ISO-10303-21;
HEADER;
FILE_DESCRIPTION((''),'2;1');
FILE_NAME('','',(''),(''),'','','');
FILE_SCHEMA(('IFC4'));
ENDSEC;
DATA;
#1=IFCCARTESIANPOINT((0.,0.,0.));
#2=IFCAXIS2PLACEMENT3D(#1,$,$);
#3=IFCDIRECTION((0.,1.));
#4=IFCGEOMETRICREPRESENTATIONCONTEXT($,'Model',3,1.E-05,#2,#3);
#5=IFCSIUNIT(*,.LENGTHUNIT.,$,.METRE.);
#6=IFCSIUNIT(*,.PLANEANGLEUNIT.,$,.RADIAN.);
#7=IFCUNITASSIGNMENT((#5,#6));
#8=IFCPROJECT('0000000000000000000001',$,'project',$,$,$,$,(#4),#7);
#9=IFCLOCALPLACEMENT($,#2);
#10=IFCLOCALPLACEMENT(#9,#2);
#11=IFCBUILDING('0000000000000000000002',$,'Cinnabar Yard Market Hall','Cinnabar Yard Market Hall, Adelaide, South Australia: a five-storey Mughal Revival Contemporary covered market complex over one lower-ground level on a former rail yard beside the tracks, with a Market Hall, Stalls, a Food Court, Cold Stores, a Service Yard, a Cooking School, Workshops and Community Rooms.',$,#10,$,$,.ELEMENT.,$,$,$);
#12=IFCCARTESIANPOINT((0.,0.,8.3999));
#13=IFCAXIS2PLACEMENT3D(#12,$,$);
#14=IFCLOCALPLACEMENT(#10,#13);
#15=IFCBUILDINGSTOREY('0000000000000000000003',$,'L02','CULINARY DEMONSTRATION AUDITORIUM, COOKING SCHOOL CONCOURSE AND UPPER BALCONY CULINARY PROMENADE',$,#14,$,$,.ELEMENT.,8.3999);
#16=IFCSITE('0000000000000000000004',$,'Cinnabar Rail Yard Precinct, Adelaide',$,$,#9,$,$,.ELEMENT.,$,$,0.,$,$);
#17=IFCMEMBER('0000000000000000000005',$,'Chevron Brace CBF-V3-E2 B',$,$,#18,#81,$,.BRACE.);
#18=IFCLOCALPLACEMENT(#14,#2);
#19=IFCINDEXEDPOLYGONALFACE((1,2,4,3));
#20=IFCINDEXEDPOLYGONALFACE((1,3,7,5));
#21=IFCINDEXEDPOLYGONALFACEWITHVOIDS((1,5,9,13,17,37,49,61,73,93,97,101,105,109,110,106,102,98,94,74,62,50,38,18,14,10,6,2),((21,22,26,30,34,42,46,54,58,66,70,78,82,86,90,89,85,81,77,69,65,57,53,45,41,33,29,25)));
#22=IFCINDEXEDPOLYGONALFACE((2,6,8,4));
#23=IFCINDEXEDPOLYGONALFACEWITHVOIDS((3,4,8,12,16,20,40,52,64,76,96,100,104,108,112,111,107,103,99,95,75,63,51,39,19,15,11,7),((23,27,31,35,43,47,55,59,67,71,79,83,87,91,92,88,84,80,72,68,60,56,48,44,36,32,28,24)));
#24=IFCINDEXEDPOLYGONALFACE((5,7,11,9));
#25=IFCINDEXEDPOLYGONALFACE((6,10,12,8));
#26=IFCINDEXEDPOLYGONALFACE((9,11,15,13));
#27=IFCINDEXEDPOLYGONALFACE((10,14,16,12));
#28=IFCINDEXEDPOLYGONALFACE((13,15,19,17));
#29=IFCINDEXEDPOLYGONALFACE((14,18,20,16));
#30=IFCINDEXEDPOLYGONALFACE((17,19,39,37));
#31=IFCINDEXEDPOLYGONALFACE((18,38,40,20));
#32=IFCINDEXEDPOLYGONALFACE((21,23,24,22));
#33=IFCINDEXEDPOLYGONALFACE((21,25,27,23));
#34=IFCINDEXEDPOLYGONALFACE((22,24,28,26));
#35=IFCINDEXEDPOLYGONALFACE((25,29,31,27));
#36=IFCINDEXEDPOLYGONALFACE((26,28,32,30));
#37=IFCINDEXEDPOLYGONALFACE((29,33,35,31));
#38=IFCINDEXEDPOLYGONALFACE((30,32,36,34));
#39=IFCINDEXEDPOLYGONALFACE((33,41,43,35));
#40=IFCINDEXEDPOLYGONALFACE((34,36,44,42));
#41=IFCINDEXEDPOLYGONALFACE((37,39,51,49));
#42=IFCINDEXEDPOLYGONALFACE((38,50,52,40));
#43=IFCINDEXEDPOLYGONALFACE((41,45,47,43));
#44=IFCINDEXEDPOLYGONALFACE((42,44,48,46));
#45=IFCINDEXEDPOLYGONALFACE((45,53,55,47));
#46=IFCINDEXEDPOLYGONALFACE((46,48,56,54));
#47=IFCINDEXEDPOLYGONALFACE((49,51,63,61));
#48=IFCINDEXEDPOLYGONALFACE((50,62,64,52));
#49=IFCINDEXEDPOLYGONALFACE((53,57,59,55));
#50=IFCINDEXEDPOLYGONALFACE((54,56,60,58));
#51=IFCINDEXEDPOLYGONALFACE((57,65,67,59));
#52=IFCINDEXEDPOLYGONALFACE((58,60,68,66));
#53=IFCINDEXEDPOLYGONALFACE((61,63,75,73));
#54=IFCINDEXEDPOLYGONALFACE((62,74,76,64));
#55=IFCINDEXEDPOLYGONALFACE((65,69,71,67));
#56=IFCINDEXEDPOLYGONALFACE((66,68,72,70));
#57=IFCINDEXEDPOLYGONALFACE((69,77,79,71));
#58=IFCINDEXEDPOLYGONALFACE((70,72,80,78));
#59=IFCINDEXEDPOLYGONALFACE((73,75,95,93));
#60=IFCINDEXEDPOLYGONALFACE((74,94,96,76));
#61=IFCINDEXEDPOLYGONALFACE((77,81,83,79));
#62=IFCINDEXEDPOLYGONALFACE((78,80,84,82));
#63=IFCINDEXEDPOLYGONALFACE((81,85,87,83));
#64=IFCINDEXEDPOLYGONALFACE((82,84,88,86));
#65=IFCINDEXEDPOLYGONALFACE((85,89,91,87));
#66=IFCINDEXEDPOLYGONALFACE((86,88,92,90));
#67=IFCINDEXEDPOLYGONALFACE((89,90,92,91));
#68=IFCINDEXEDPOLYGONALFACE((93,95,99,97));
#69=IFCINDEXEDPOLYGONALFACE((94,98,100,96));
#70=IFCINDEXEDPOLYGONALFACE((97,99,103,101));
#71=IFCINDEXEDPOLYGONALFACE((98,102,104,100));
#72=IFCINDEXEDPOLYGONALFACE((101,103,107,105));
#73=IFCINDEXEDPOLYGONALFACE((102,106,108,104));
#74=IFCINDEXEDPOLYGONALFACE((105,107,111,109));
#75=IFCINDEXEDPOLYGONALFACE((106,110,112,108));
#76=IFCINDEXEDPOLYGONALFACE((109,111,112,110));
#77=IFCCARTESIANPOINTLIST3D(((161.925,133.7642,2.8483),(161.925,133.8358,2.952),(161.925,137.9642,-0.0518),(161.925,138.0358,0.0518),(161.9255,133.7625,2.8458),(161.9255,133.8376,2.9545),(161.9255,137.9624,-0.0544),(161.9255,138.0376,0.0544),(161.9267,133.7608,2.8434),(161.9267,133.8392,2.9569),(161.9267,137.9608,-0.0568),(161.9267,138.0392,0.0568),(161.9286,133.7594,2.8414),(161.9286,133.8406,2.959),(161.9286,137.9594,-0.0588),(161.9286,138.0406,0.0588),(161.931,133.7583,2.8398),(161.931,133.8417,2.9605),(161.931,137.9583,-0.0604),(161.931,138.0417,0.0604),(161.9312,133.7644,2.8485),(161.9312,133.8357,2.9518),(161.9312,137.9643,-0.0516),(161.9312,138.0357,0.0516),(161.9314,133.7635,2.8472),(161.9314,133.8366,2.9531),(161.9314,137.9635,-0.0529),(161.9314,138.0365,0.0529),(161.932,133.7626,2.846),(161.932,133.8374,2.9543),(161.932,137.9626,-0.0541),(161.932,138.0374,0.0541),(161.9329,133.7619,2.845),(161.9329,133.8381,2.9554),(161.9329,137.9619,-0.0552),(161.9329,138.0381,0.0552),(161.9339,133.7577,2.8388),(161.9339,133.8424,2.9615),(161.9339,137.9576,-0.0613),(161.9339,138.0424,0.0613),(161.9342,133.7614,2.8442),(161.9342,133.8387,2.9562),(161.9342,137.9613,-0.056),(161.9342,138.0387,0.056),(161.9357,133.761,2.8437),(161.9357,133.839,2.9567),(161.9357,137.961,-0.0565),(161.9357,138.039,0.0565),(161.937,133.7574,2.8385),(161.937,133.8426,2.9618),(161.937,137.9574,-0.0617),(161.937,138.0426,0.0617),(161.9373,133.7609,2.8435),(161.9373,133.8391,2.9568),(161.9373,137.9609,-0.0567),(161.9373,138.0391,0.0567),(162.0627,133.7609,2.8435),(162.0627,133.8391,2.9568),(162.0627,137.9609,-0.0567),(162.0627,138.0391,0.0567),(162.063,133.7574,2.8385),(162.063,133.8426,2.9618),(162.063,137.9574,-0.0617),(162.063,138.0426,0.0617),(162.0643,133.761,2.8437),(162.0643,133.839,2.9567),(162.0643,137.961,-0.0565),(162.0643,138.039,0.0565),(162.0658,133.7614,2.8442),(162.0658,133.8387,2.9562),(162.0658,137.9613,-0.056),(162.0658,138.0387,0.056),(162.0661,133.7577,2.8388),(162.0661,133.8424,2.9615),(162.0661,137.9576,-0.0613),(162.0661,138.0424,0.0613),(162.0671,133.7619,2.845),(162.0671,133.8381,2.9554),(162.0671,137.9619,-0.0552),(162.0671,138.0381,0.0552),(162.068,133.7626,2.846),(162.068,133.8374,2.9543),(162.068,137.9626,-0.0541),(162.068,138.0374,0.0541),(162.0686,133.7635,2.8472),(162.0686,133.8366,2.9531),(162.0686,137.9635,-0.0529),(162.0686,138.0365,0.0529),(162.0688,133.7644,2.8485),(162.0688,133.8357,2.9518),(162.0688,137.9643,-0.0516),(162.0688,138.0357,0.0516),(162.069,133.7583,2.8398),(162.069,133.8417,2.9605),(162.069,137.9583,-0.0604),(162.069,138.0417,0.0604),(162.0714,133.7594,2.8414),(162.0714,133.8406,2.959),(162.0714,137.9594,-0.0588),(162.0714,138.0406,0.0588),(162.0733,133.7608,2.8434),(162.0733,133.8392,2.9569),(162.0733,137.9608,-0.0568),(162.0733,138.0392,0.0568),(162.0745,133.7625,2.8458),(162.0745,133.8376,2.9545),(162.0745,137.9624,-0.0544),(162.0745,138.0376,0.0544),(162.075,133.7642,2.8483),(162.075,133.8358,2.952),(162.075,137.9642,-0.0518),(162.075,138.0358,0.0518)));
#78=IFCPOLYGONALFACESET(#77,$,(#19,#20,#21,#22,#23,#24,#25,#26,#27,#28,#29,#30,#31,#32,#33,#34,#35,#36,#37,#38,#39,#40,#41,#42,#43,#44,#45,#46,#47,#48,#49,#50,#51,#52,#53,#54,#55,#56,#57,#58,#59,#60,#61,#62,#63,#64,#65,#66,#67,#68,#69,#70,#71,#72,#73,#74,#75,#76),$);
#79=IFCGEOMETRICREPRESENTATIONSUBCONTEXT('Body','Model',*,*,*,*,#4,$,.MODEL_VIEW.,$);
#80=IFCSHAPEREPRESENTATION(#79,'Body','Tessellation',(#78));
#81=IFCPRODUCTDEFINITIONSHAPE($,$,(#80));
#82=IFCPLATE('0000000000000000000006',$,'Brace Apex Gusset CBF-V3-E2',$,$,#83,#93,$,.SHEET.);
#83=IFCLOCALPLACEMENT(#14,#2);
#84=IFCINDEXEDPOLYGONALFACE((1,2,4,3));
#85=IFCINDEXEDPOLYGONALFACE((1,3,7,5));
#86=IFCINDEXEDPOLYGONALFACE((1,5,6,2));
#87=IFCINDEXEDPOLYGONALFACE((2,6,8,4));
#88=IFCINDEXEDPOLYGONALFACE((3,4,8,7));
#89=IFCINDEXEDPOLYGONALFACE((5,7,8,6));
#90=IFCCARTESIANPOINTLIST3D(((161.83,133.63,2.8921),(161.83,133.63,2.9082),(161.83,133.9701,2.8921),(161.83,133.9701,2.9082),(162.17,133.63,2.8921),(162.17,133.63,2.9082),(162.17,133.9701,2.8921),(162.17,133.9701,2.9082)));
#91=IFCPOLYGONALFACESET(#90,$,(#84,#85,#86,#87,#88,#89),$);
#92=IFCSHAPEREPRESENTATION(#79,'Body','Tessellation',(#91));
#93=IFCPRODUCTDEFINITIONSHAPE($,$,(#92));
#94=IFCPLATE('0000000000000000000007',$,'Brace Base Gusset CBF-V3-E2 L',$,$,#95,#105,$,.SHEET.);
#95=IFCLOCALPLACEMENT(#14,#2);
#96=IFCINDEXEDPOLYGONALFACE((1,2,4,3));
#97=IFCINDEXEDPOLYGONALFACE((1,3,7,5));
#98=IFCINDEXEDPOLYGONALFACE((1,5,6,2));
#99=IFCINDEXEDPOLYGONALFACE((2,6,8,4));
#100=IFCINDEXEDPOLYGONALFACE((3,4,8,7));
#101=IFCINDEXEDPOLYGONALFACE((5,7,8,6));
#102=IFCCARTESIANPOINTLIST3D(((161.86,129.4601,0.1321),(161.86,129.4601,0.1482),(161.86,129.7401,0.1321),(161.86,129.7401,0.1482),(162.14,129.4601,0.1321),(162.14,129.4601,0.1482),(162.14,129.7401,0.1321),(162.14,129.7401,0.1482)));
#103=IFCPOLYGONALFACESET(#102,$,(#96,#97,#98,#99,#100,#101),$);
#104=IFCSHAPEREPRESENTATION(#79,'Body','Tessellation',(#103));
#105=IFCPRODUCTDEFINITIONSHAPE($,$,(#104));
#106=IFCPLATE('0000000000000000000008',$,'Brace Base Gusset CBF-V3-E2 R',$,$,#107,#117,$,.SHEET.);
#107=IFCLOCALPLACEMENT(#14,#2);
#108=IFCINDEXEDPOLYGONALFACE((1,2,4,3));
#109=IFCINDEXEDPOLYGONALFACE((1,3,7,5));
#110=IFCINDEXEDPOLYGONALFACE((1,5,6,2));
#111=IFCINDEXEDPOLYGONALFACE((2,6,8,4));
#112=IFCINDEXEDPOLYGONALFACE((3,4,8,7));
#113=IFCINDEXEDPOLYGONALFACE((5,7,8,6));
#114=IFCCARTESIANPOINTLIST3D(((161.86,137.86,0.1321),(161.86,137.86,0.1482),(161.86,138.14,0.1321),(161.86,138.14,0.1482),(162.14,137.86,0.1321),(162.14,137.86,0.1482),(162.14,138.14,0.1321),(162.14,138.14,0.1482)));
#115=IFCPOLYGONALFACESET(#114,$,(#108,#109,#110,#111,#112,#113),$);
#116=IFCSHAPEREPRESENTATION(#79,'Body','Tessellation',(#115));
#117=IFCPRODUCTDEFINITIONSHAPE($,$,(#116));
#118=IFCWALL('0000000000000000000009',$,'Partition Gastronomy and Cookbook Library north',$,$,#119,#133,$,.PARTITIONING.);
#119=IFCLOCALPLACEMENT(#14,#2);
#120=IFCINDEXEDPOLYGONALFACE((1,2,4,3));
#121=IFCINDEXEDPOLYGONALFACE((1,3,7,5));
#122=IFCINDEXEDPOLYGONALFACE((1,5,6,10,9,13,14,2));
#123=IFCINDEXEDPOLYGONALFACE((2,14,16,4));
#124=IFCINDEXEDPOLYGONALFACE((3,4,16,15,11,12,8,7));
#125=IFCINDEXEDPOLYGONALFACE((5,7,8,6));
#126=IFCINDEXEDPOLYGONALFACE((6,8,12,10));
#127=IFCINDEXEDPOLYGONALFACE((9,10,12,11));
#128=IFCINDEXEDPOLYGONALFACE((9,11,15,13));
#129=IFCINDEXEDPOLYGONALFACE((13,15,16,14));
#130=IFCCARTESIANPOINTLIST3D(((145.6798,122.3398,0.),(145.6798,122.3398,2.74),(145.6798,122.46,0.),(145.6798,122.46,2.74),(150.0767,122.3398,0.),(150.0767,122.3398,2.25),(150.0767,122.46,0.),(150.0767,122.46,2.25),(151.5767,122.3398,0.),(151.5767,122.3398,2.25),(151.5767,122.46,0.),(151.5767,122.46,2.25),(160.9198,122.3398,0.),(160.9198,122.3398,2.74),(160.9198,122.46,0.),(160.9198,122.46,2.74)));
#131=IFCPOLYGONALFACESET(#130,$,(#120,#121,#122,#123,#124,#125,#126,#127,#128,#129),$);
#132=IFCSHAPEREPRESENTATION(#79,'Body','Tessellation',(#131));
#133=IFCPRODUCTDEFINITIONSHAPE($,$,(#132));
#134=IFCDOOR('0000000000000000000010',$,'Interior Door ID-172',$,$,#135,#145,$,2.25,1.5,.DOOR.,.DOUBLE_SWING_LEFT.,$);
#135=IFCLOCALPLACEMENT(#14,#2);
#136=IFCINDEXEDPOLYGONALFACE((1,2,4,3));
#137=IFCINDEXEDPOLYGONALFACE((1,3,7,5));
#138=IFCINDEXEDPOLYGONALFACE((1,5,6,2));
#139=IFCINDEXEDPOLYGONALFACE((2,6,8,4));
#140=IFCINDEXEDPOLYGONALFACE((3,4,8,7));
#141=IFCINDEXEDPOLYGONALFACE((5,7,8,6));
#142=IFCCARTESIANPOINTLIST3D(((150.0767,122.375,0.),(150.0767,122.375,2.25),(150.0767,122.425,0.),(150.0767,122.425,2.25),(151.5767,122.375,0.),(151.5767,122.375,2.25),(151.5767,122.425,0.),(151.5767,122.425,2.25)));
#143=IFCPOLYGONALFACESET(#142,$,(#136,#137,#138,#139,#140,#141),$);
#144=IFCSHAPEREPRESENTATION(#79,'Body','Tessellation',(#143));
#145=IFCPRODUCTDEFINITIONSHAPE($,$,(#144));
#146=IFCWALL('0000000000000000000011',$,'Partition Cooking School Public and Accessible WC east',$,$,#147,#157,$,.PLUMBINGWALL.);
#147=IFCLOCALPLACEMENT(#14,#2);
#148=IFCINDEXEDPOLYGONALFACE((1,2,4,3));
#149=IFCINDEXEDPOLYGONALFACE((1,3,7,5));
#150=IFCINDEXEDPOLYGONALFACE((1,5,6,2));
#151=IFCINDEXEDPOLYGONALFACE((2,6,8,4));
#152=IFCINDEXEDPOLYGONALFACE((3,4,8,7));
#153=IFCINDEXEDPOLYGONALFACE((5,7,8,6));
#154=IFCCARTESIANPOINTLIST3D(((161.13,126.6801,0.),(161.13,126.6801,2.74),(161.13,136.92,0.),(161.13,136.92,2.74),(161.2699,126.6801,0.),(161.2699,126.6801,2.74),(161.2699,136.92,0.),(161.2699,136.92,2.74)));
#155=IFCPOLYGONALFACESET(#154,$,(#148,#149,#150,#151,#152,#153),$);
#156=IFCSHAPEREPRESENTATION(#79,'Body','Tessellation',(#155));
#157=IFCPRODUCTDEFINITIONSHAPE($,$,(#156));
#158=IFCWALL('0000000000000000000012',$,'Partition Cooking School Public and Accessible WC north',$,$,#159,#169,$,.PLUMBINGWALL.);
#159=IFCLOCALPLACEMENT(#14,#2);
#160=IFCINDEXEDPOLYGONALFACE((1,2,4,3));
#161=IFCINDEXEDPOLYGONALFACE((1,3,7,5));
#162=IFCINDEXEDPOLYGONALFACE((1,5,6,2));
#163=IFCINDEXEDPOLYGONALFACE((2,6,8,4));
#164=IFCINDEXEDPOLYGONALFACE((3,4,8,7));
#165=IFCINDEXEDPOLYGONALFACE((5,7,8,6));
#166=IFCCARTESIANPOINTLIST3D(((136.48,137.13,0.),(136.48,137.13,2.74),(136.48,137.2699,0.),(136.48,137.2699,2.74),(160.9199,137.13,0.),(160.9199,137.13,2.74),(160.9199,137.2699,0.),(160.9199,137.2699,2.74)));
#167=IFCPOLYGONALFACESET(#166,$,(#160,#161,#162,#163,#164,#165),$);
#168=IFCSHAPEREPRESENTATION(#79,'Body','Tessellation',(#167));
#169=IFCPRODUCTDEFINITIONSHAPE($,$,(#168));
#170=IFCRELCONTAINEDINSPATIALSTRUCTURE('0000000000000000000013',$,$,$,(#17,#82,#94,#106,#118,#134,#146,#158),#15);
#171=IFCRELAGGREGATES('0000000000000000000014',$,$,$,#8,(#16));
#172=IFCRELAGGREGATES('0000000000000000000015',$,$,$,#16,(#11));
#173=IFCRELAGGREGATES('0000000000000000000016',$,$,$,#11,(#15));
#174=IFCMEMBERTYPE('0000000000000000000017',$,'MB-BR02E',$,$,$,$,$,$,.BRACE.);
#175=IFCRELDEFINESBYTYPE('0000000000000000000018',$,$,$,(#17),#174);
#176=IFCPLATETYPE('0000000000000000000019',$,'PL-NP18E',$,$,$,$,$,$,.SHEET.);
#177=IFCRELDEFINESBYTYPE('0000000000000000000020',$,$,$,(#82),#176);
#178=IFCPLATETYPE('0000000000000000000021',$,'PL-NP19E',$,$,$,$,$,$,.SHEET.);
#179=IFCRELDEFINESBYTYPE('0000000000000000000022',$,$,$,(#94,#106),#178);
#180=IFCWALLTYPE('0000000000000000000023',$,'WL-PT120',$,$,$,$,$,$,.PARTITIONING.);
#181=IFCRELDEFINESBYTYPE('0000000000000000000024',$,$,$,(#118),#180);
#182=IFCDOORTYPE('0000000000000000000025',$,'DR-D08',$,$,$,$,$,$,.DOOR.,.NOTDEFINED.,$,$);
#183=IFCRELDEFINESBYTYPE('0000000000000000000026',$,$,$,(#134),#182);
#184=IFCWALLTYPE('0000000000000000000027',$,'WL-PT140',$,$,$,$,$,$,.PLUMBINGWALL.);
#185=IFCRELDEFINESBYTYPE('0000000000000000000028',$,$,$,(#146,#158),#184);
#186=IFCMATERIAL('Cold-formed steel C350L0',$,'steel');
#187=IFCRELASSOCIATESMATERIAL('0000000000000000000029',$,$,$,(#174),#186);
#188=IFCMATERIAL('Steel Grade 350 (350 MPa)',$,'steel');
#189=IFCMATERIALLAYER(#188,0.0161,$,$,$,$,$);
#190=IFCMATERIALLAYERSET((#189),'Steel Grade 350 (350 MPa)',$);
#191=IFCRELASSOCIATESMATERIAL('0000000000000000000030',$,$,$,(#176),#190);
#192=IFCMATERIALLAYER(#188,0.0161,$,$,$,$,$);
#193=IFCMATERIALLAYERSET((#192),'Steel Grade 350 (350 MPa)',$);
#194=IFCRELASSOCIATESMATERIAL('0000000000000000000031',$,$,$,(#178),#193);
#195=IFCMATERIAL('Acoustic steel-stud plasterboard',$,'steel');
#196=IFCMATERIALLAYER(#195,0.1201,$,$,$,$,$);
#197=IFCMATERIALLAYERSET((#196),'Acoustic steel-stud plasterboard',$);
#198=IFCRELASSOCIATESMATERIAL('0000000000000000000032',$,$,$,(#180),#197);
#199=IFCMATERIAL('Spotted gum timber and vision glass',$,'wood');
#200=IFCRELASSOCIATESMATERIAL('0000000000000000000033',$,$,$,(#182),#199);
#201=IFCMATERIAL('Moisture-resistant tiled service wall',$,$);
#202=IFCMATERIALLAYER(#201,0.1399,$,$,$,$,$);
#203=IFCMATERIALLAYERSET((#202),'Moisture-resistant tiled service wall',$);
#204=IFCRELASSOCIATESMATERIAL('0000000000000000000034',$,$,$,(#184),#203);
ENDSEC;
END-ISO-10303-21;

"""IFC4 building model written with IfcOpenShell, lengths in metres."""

from ifc_helpers import new_model, si_unit, direction, frame, frame_2d, origin, origin_2d_with_axis, place, context, subcontext, project, spatial, rectangle, hollow_rectangle, extrude, material, layer, layer_set, material_profile, profile_set, type_object, element, fill, save


model = new_model("IFC4")

# Units and contexts
model_context = context("Model", 3, precision=1e-05, world=origin(), true_north=direction((0.0, 1.0)))
body_context = subcontext(model_context, "Body", "Model", "MODEL_VIEW")
ifc_project = project(units=[si_unit("LENGTHUNIT", "METRE"), si_unit("PLANEANGLEUNIT", "RADIAN")], contexts=[model_context])

# Site, building, storey
site_placement = place(None, origin())
site = spatial("IfcSite", under=ifc_project, at=site_placement, Name="Cinnabar Rail Yard Precinct, Adelaide", CompositionType="ELEMENT", RefElevation=0.0)
building_placement = place(site_placement, origin())
building = spatial("IfcBuilding", under=site, at=building_placement, Name="Cinnabar Yard Market Hall", Description="Cinnabar Yard Market Hall, Adelaide, South Australia: a five-storey Mughal Revival Contemporary covered market complex over one lower-ground level on a former rail yard beside the tracks, with a Market Hall, Stalls, a Food Court, Cold Stores, a Service Yard, a Cooking School, Workshops and Community Rooms.", CompositionType="ELEMENT")
storey_placement = place(building_placement, frame((0.0, 0.0, 8.3999)))
storey = spatial("IfcBuildingStorey", under=building, at=storey_placement, Name="L02", Description="CULINARY DEMONSTRATION AUDITORIUM, COOKING SCHOOL CONCOURSE AND UPPER BALCONY CULINARY PROMENADE", CompositionType="ELEMENT", Elevation=8.3999)

# Member
ifc_material_1 = material(Name="Cold-formed steel C350L0", Category="steel")
ifc_material_profile_1 = material_profile(ifc_material_1, hollow_rectangle(XDim=0.1499, YDim=0.1499, WallThickness=0.0061, InnerFilletRadius=0.0061, OuterFilletRadius=0.012, at=origin_2d_with_axis()), Name="150x150x6.0SHS")
ifc_profile_set_1 = profile_set([ifc_material_profile_1], Name="Cold-formed steel C350L0")
member_type = type_object("IfcMemberType", Name="MB-BR02E", PredefinedType="BRACE", material=ifc_profile_set_1)
for number, where, z_axis, x_axis, name in (
    (1, (162.0, 138.0, 0.0), (0.0, -0.82288, 0.568215), (1.0, 0.0, 0.0), "Chevron Brace CBF-V3-E2 B"),
):
    element("IfcMember", number, at=place(storey_placement, frame(where, z_axis=z_axis, x_axis=x_axis)), inside=storey, type_object=member_type, Name=name, PredefinedType="BRACE", context=body_context, shape_type="SweptSolid", body=[
        extrude(hollow_rectangle(XDim=0.1499, YDim=0.1499, WallThickness=0.0061, InnerFilletRadius=0.0061, OuterFilletRadius=0.012, at=origin_2d_with_axis()), origin(), (0.0, 0.0, 1.0), 5.104),
    ])

# Plates
ifc_material_2 = material(Name="Steel Grade 350 (350 MPa)", Category="steel")
ifc_layer_1 = layer(ifc_material_2, 0.0161)
ifc_layer_set_1 = layer_set([ifc_layer_1], Name="Steel Grade 350 (350 MPa)")
plate_type_1 = type_object("IfcPlateType", Name="PL-NP18E", PredefinedType="SHEET", material=ifc_layer_set_1)
plate_placement = place(storey_placement, frame((162.0, 133.8, 2.8921), z_axis=(0.0, 0.0, 1.0), x_axis=(1.0, 0.0, 0.0)))
element("IfcPlate", 2, at=plate_placement, inside=storey, type_object=plate_type_1, Name="Brace Apex Gusset CBF-V3-E2", PredefinedType="SHEET", context=body_context, shape_type="SweptSolid", body=[
    extrude(rectangle(XDim=0.3401, YDim=0.3401, at=origin_2d_with_axis()), origin(), (0.0, 0.0, 1.0), 0.0161),
])
ifc_layer_2 = layer(ifc_material_2, 0.0161)
ifc_layer_set_2 = layer_set([ifc_layer_2], Name="Steel Grade 350 (350 MPa)")
plate_type_2 = type_object("IfcPlateType", Name="PL-NP19E", PredefinedType="SHEET", material=ifc_layer_set_2)
for number, where, z_axis, x_axis, name in (
    (3, (162.0, 129.6001, 0.1321), (0.0, 0.0, 1.0), (1.0, 0.0, 0.0), "Brace Base Gusset CBF-V3-E2 L"),
    (4, (162.0, 138.0, 0.1321), (0.0, 0.0, 1.0), (1.0, 0.0, 0.0), "Brace Base Gusset CBF-V3-E2 R"),
):
    element("IfcPlate", number, at=place(storey_placement, frame(where, z_axis=z_axis, x_axis=x_axis)), inside=storey, type_object=plate_type_2, Name=name, PredefinedType="SHEET", context=body_context, shape_type="SweptSolid", body=[
        extrude(rectangle(XDim=0.28, YDim=0.28, at=origin_2d_with_axis()), origin(), (0.0, 0.0, 1.0), 0.0161),
    ])

# Wall, opening, door
ifc_material_3 = material(Name="Acoustic steel-stud plasterboard", Category="steel")
ifc_layer_3 = layer(ifc_material_3, 0.1201)
ifc_layer_set_3 = layer_set([ifc_layer_3], Name="Acoustic steel-stud plasterboard")
wall_type_1 = type_object("IfcWallType", Name="WL-PT120", PredefinedType="PARTITIONING", material=ifc_layer_set_3)
wall_1_placement = place(storey_placement, frame((160.9199, 122.3999, 0.0), z_axis=(0.0, 0.0, 1.0), x_axis=(-1.0, 0.0, 0.0)))
wall_1 = element("IfcWall", 5, at=wall_1_placement, inside=storey, type_object=wall_type_1, Name="Partition Gastronomy and Cookbook Library north", PredefinedType="PARTITIONING", context=body_context, shape_type="SweptSolid", body=[
    extrude(rectangle(XDim=15.24, YDim=0.1201, at=frame_2d((7.6201, 0.0), x_axis=(1.0, 0.0))), origin(), (0.0, 0.0, 1.0), 2.74),
])
opening_1_placement = place(wall_1_placement, frame((9.3433, 0.0, 0.0)))
opening_1 = element("IfcOpeningElement", 6, at=opening_1_placement, cuts=wall_1, PredefinedType="OPENING", context=body_context, shape_type="SweptSolid", body=[
    extrude(rectangle(XDim=1.5, YDim=2.25, at=frame_2d((0.75, 1.125), x_axis=(1.0, 0.0))), frame((0.0, 0.0701, 0.0), z_axis=(0.0, -1.0, 0.0), x_axis=(1.0, 0.0, 0.0)), (0.0, 0.0, 1.0), 0.1401),
])
ifc_material_4 = material(Name="Spotted gum timber and vision glass", Category="wood")
door_type = type_object("IfcDoorType", Name="DR-D08", OperationType="NOTDEFINED", PredefinedType="DOOR", material=ifc_material_4)
door_placement = place(opening_1_placement, origin())
door = element("IfcDoor", 7, at=door_placement, inside=storey, type_object=door_type, Name="Interior Door ID-172", OperationType="DOUBLE_SWING_LEFT", OverallHeight=2.25, OverallWidth=1.5, PredefinedType="DOOR", context=body_context, shape_type="SweptSolid", body=[
    extrude(rectangle(XDim=1.5, YDim=2.25, at=frame_2d((0.75, 1.125), x_axis=(1.0, 0.0))), frame((0.0, 0.0249, 0.0), z_axis=(0.0, -1.0, 0.0), x_axis=(1.0, 0.0, 0.0)), (0.0, 0.0, 1.0), 0.05),
])
fill(opening_1, door)

# Walls
ifc_material_5 = material(Name="Moisture-resistant tiled service wall")
ifc_layer_4 = layer(ifc_material_5, 0.1399)
ifc_layer_set_4 = layer_set([ifc_layer_4], Name="Moisture-resistant tiled service wall")
wall_type_2 = type_object("IfcWallType", Name="WL-PT140", PredefinedType="PLUMBINGWALL", material=ifc_layer_set_4)
wall_2_placement = place(storey_placement, frame((161.2, 126.6799, 0.0), z_axis=(0.0, 0.0, 1.0), x_axis=(0.0, 1.0, 0.0)))
element("IfcWall", 8, at=wall_2_placement, inside=storey, type_object=wall_type_2, Name="Partition Cooking School Public and Accessible WC east", PredefinedType="PLUMBINGWALL", context=body_context, shape_type="SweptSolid", body=[
    extrude(rectangle(XDim=10.24, YDim=0.1399, at=frame_2d((5.1201, 0.0), x_axis=(1.0, 0.0))), origin(), (0.0, 0.0, 1.0), 2.74),
])
wall_3_placement = place(storey_placement, frame((160.9199, 137.2, 0.0), z_axis=(0.0, 0.0, 1.0), x_axis=(-1.0, 0.0, 0.0)))
element("IfcWall", 9, at=wall_3_placement, inside=storey, type_object=wall_type_2, Name="Partition Cooking School Public and Accessible WC north", PredefinedType="PLUMBINGWALL", context=body_context, shape_type="SweptSolid", body=[
    extrude(rectangle(XDim=24.4399, YDim=0.1399, at=frame_2d((12.22, 0.0), x_axis=(1.0, 0.0))), origin(), (0.0, 0.0, 1.0), 2.74),
])

save(model, "model.ifc")
